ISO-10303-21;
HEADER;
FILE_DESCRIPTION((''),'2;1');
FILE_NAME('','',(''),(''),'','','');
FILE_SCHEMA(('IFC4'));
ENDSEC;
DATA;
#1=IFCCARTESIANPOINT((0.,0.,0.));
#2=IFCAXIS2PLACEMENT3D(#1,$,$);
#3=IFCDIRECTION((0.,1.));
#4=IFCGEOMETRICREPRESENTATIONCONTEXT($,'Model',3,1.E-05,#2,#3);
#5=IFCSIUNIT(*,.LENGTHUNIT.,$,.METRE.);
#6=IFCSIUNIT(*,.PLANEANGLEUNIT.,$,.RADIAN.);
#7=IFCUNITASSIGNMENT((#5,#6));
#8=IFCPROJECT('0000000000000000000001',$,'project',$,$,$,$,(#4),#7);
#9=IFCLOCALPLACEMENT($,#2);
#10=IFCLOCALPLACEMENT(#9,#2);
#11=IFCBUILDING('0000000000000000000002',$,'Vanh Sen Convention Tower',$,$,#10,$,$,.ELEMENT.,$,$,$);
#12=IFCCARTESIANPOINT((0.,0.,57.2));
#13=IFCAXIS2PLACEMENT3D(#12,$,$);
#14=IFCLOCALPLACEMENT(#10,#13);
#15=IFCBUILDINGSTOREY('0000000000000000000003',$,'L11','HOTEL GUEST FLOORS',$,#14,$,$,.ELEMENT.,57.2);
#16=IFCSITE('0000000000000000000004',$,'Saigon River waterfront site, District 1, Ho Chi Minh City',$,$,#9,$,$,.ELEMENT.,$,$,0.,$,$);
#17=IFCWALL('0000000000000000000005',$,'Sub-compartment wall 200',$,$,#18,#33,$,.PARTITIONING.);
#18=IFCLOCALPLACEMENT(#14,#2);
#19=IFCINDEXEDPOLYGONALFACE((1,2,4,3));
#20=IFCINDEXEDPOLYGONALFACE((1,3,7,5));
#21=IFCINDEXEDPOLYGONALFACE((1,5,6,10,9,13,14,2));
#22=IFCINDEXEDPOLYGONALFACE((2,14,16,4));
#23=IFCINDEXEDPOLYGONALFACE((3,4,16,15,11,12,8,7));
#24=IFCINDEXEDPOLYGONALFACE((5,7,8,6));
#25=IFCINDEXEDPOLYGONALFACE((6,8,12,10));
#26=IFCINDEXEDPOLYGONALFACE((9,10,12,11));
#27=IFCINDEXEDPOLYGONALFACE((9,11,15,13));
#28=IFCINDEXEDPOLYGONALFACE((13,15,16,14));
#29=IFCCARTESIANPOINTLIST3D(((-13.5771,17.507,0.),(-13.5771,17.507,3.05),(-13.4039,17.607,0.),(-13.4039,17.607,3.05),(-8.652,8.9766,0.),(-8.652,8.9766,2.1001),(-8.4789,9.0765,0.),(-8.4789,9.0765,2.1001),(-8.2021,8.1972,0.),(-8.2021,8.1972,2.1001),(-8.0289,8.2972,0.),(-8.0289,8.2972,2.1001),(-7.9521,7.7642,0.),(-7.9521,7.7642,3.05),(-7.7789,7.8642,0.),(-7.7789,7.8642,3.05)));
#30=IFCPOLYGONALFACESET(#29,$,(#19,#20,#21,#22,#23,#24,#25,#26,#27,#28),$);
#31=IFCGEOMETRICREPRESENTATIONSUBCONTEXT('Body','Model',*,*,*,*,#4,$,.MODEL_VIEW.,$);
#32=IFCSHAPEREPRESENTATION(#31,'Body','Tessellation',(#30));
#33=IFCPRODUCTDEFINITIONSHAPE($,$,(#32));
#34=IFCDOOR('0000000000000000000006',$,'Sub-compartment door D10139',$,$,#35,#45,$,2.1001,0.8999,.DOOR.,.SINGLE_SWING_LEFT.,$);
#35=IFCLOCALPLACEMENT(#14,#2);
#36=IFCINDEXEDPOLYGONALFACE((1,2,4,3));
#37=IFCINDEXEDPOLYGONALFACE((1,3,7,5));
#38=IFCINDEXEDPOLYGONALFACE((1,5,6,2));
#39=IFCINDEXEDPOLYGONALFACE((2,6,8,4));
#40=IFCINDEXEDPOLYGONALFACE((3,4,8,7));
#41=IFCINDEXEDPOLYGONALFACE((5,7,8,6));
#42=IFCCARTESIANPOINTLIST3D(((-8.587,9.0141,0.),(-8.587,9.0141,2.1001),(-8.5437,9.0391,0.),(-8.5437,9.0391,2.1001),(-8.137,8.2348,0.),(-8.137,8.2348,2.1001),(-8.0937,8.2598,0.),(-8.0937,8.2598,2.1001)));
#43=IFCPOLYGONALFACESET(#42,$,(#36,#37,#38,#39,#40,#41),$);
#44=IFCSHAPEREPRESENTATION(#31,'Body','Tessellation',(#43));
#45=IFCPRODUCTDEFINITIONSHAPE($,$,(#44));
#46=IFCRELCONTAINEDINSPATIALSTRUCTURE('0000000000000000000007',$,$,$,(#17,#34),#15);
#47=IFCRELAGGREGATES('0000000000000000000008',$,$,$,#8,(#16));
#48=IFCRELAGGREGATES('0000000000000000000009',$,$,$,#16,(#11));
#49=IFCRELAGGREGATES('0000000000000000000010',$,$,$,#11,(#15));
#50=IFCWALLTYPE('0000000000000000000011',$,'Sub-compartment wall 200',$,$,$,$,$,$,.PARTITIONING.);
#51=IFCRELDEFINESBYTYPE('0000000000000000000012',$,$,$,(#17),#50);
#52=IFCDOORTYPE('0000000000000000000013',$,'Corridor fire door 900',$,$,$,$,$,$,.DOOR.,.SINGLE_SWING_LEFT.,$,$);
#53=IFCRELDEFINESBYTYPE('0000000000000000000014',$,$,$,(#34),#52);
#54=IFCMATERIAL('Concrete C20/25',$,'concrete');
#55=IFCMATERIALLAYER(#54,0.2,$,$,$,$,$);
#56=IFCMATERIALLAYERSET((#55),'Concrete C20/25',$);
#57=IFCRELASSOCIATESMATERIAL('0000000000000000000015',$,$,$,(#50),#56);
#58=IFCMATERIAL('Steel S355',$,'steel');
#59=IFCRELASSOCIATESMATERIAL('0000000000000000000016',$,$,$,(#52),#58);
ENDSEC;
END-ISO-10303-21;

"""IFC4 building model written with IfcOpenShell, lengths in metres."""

from ifc_helpers import new_model, si_unit, direction, frame, frame_2d, origin, place, context, subcontext, project, spatial, rectangle, extrude, material, layer, layer_set, type_object, element, fill, save


model = new_model("IFC4")

# Units and contexts
model_context = context("Model", 3, precision=1e-05, world=origin(), true_north=direction((0.0, 1.0)))
body_context = subcontext(model_context, "Body", "Model", "MODEL_VIEW")
ifc_project = project(units=[si_unit("LENGTHUNIT", "METRE"), si_unit("PLANEANGLEUNIT", "RADIAN")], contexts=[model_context])

# Site, building, storey
site_placement = place(None, origin())
site = spatial("IfcSite", under=ifc_project, at=site_placement, Name="Saigon River waterfront site, District 1, Ho Chi Minh City", CompositionType="ELEMENT", RefElevation=0.0)
building_placement = place(site_placement, origin())
building = spatial("IfcBuilding", under=site, at=building_placement, Name="Vanh Sen Convention Tower", CompositionType="ELEMENT")
storey_placement = place(building_placement, frame((0.0, 0.0, 57.2)))
storey = spatial("IfcBuildingStorey", under=building, at=storey_placement, Name="L11", Description="HOTEL GUEST FLOORS", CompositionType="ELEMENT", Elevation=57.2)

# Wall, opening, door
ifc_material_1 = material(Name="Concrete C20/25", Category="concrete")
ifc_layer_1 = layer(ifc_material_1, 0.2)
ifc_layer_set_1 = layer_set([ifc_layer_1], Name="Concrete C20/25")
wall_type_1 = type_object("IfcWallType", Name="Sub-compartment wall 200", PredefinedType="PARTITIONING", material=ifc_layer_set_1)
wall_1_placement = place(storey_placement, frame((-7.8655, 7.8142, 0.0), z_axis=(0.0, 0.0, 1.0), x_axis=(-0.500004, 0.866023, 0.0)))
wall_1 = element("IfcWall", 1, at=wall_1_placement, inside=storey, type_object=wall_type_1, Name="Sub-compartment wall 200", PredefinedType="PARTITIONING", context=body_context, shape_type="SweptSolid", body=[
    extrude(rectangle(XDim=11.25, YDim=0.2, at=frame_2d((5.625, 0.0))), origin(), (0.0, 0.0, 1.0), 3.05),
])
opening_1_placement = place(wall_1_placement, frame((0.5, 0.0, 0.0)))
opening_1 = element("IfcOpeningElement", 2, at=opening_1_placement, cuts=wall_1, PredefinedType="OPENING", context=body_context, shape_type="SweptSolid", body=[
    extrude(rectangle(XDim=0.8999, YDim=2.1001, at=frame_2d((0.45, 1.05))), frame((0.0, 0.1099, 0.0), z_axis=(0.0, -1.0, 0.0), x_axis=(1.0, 0.0, 0.0)), (0.0, 0.0, 1.0), 0.22),
])
ifc_material_2 = material(Name="Steel S355", Category="steel")
door_type_1 = type_object("IfcDoorType", Name="Corridor fire door 900", OperationType="SINGLE_SWING_LEFT", PredefinedType="DOOR", material=ifc_material_2)
door_1_placement = place(opening_1_placement, origin())
door_1 = element("IfcDoor", 3, at=door_1_placement, inside=storey, type_object=door_type_1, Name="Sub-compartment door D10139", OperationType="SINGLE_SWING_LEFT", OverallHeight=2.1001, OverallWidth=0.8999, PredefinedType="DOOR", context=body_context, shape_type="SweptSolid", body=[
    extrude(rectangle(XDim=0.8999, YDim=2.1001, at=frame_2d((0.45, 1.05))), frame((0.0, 0.0249, 0.0), z_axis=(0.0, -1.0, 0.0), x_axis=(1.0, 0.0, 0.0)), (0.0, 0.0, 1.0), 0.05),
])
fill(opening_1, door_1)

save(model, "model.ifc")
